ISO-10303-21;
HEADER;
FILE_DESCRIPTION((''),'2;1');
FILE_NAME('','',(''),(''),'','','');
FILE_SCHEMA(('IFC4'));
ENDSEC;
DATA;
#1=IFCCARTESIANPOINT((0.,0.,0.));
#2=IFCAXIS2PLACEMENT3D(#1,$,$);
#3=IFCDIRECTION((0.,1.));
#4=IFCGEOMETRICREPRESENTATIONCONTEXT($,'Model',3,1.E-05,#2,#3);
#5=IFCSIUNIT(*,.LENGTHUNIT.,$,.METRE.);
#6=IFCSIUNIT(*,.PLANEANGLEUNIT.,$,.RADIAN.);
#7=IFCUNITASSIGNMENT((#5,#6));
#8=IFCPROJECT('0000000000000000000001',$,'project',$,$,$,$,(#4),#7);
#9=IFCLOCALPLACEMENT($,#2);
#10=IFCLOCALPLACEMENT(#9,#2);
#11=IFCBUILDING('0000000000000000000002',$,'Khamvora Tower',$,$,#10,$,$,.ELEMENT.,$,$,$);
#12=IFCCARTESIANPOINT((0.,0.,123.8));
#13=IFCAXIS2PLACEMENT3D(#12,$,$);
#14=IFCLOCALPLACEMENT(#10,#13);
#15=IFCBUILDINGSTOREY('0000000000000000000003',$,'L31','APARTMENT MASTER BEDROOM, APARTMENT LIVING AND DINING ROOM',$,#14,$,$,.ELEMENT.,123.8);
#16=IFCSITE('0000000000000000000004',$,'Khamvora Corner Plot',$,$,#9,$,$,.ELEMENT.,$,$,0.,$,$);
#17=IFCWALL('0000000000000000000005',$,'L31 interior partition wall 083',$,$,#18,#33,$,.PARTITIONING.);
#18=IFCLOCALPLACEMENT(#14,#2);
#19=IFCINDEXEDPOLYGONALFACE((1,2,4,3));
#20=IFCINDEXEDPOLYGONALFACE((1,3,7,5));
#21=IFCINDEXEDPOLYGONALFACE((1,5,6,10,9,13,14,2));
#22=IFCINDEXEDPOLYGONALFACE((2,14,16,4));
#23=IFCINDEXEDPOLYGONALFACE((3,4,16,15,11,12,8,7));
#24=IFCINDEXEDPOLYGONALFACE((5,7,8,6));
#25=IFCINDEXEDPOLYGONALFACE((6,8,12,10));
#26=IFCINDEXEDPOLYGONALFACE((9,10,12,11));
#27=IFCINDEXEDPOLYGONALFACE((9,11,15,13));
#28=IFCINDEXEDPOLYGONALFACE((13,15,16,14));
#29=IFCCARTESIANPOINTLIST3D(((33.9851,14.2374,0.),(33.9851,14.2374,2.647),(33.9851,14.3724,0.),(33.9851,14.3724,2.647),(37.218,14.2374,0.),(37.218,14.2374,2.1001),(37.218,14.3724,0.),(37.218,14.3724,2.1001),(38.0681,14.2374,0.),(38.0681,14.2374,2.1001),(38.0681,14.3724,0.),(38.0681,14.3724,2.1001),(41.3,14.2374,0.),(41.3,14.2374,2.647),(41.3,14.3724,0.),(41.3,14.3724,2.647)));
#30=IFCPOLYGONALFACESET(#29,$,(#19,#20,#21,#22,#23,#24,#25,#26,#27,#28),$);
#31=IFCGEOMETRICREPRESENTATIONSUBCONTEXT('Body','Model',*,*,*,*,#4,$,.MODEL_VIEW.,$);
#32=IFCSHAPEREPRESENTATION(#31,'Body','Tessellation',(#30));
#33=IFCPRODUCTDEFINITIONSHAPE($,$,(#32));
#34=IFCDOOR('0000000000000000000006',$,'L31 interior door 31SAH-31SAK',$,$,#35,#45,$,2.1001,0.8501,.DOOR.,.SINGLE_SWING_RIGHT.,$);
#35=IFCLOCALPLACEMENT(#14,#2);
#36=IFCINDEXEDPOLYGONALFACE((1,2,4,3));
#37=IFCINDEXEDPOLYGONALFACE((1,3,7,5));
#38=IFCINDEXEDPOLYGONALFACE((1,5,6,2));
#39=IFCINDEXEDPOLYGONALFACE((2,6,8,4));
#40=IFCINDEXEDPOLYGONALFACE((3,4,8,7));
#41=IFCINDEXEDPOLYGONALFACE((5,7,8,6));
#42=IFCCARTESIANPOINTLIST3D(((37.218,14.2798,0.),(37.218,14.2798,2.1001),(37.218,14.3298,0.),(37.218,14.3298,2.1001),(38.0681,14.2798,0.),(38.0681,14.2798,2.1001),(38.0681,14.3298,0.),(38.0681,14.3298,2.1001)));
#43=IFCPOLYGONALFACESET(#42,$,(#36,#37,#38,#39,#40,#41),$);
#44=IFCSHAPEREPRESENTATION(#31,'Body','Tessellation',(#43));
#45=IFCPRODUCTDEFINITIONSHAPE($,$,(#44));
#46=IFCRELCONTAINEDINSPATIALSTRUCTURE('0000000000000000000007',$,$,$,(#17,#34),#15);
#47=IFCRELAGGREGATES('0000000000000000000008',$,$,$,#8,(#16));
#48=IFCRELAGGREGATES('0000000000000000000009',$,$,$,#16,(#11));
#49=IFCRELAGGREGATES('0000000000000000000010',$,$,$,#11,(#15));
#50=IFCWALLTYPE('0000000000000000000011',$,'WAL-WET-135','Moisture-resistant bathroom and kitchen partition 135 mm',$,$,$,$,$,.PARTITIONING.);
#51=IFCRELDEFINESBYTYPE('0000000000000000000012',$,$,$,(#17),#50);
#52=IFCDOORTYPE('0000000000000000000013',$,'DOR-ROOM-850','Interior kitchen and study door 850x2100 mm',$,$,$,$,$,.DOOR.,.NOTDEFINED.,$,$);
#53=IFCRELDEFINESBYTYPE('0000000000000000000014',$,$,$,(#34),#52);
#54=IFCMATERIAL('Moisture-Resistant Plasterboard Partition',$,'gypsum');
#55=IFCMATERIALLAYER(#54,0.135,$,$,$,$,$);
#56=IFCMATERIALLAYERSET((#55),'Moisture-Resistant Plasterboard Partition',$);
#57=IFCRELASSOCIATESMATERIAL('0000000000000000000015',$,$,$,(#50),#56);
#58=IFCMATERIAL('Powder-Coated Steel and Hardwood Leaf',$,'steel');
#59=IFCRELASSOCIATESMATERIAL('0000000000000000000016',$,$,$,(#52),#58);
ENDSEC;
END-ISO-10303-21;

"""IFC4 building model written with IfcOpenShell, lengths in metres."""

from ifc_helpers import new_model, si_unit, direction, frame, frame_2d, origin, place, context, subcontext, project, spatial, rectangle, extrude, material, layer, layer_set, type_object, element, fill, save


model = new_model("IFC4")

# Units and contexts
model_context = context("Model", 3, precision=1e-05, world=origin(), true_north=direction((0.0, 1.0)))
body_context = subcontext(model_context, "Body", "Model", "MODEL_VIEW")
ifc_project = project(units=[si_unit("LENGTHUNIT", "METRE"), si_unit("PLANEANGLEUNIT", "RADIAN")], contexts=[model_context])

# Site, building, storey
site_placement = place(None, origin())
site = spatial("IfcSite", under=ifc_project, at=site_placement, Name="Khamvora Corner Plot", CompositionType="ELEMENT", RefElevation=0.0)
building_placement = place(site_placement, origin())
building = spatial("IfcBuilding", under=site, at=building_placement, Name="Khamvora Tower", CompositionType="ELEMENT")
storey_placement = place(building_placement, frame((0.0, 0.0, 123.8)))
storey = spatial("IfcBuildingStorey", under=building, at=storey_placement, Name="L31", Description="APARTMENT MASTER BEDROOM, APARTMENT LIVING AND DINING ROOM", CompositionType="ELEMENT", Elevation=123.8)

# Shared definitions
ifc_material_1 = material(Name="Powder-Coated Steel and Hardwood Leaf", Category="steel")

# Shared definitions
ifc_material_2 = material(Name="Moisture-Resistant Plasterboard Partition", Category="gypsum")
ifc_layer_1 = layer(ifc_material_2, 0.135)
ifc_layer_set_1 = layer_set([ifc_layer_1], Name="Moisture-Resistant Plasterboard Partition")
wall_type_1 = type_object("IfcWallType", Name="WAL-WET-135", Description="Moisture-resistant bathroom and kitchen partition 135 mm", PredefinedType="PARTITIONING", material=ifc_layer_set_1)

# Wall, opening, door
wall_1_placement = place(storey_placement, frame((33.9851, 14.3049, 0.0), z_axis=(0.0, 0.0, 1.0), x_axis=(1.0, 0.0, 0.0)))
wall_1 = element("IfcWall", 1, at=wall_1_placement, inside=storey, type_object=wall_type_1, Name="L31 interior partition wall 083", PredefinedType="PARTITIONING", context=body_context, shape_type="SweptSolid", body=[
    extrude(rectangle(XDim=7.3149, YDim=0.135, at=frame_2d((3.6575, 0.0))), origin(), (0.0, 0.0, 1.0), 2.647),
])
opening_1_placement = place(wall_1_placement, frame((3.2329, 0.0, 0.0)))
opening_1 = element("IfcOpeningElement", 2, at=opening_1_placement, cuts=wall_1, PredefinedType="OPENING", context=body_context, shape_type="SweptSolid", body=[
    extrude(rectangle(XDim=0.8501, YDim=2.1001, at=frame_2d((0.425, 1.05))), frame((0.0, 0.0774, 0.0), z_axis=(0.0, -1.0, 0.0), x_axis=(1.0, 0.0, 0.0)), (0.0, 0.0, 1.0), 0.155),
])
door_type_1 = type_object("IfcDoorType", Name="DOR-ROOM-850", Description="Interior kitchen and study door 850x2100 mm", OperationType="NOTDEFINED", PredefinedType="DOOR", material=ifc_material_1)
door_1_placement = place(opening_1_placement, origin())
door_1 = element("IfcDoor", 3, at=door_1_placement, inside=storey, type_object=door_type_1, Name="L31 interior door 31SAH-31SAK", OperationType="SINGLE_SWING_RIGHT", OverallHeight=2.1001, OverallWidth=0.8501, PredefinedType="DOOR", context=body_context, shape_type="SweptSolid", body=[
    extrude(rectangle(XDim=0.8501, YDim=2.1001, at=frame_2d((0.425, 1.05))), frame((0.0, 0.0249, 0.0), z_axis=(0.0, -1.0, 0.0), x_axis=(1.0, 0.0, 0.0)), (0.0, 0.0, 1.0), 0.05),
])
fill(opening_1, door_1)

save(model, "model.ifc")
